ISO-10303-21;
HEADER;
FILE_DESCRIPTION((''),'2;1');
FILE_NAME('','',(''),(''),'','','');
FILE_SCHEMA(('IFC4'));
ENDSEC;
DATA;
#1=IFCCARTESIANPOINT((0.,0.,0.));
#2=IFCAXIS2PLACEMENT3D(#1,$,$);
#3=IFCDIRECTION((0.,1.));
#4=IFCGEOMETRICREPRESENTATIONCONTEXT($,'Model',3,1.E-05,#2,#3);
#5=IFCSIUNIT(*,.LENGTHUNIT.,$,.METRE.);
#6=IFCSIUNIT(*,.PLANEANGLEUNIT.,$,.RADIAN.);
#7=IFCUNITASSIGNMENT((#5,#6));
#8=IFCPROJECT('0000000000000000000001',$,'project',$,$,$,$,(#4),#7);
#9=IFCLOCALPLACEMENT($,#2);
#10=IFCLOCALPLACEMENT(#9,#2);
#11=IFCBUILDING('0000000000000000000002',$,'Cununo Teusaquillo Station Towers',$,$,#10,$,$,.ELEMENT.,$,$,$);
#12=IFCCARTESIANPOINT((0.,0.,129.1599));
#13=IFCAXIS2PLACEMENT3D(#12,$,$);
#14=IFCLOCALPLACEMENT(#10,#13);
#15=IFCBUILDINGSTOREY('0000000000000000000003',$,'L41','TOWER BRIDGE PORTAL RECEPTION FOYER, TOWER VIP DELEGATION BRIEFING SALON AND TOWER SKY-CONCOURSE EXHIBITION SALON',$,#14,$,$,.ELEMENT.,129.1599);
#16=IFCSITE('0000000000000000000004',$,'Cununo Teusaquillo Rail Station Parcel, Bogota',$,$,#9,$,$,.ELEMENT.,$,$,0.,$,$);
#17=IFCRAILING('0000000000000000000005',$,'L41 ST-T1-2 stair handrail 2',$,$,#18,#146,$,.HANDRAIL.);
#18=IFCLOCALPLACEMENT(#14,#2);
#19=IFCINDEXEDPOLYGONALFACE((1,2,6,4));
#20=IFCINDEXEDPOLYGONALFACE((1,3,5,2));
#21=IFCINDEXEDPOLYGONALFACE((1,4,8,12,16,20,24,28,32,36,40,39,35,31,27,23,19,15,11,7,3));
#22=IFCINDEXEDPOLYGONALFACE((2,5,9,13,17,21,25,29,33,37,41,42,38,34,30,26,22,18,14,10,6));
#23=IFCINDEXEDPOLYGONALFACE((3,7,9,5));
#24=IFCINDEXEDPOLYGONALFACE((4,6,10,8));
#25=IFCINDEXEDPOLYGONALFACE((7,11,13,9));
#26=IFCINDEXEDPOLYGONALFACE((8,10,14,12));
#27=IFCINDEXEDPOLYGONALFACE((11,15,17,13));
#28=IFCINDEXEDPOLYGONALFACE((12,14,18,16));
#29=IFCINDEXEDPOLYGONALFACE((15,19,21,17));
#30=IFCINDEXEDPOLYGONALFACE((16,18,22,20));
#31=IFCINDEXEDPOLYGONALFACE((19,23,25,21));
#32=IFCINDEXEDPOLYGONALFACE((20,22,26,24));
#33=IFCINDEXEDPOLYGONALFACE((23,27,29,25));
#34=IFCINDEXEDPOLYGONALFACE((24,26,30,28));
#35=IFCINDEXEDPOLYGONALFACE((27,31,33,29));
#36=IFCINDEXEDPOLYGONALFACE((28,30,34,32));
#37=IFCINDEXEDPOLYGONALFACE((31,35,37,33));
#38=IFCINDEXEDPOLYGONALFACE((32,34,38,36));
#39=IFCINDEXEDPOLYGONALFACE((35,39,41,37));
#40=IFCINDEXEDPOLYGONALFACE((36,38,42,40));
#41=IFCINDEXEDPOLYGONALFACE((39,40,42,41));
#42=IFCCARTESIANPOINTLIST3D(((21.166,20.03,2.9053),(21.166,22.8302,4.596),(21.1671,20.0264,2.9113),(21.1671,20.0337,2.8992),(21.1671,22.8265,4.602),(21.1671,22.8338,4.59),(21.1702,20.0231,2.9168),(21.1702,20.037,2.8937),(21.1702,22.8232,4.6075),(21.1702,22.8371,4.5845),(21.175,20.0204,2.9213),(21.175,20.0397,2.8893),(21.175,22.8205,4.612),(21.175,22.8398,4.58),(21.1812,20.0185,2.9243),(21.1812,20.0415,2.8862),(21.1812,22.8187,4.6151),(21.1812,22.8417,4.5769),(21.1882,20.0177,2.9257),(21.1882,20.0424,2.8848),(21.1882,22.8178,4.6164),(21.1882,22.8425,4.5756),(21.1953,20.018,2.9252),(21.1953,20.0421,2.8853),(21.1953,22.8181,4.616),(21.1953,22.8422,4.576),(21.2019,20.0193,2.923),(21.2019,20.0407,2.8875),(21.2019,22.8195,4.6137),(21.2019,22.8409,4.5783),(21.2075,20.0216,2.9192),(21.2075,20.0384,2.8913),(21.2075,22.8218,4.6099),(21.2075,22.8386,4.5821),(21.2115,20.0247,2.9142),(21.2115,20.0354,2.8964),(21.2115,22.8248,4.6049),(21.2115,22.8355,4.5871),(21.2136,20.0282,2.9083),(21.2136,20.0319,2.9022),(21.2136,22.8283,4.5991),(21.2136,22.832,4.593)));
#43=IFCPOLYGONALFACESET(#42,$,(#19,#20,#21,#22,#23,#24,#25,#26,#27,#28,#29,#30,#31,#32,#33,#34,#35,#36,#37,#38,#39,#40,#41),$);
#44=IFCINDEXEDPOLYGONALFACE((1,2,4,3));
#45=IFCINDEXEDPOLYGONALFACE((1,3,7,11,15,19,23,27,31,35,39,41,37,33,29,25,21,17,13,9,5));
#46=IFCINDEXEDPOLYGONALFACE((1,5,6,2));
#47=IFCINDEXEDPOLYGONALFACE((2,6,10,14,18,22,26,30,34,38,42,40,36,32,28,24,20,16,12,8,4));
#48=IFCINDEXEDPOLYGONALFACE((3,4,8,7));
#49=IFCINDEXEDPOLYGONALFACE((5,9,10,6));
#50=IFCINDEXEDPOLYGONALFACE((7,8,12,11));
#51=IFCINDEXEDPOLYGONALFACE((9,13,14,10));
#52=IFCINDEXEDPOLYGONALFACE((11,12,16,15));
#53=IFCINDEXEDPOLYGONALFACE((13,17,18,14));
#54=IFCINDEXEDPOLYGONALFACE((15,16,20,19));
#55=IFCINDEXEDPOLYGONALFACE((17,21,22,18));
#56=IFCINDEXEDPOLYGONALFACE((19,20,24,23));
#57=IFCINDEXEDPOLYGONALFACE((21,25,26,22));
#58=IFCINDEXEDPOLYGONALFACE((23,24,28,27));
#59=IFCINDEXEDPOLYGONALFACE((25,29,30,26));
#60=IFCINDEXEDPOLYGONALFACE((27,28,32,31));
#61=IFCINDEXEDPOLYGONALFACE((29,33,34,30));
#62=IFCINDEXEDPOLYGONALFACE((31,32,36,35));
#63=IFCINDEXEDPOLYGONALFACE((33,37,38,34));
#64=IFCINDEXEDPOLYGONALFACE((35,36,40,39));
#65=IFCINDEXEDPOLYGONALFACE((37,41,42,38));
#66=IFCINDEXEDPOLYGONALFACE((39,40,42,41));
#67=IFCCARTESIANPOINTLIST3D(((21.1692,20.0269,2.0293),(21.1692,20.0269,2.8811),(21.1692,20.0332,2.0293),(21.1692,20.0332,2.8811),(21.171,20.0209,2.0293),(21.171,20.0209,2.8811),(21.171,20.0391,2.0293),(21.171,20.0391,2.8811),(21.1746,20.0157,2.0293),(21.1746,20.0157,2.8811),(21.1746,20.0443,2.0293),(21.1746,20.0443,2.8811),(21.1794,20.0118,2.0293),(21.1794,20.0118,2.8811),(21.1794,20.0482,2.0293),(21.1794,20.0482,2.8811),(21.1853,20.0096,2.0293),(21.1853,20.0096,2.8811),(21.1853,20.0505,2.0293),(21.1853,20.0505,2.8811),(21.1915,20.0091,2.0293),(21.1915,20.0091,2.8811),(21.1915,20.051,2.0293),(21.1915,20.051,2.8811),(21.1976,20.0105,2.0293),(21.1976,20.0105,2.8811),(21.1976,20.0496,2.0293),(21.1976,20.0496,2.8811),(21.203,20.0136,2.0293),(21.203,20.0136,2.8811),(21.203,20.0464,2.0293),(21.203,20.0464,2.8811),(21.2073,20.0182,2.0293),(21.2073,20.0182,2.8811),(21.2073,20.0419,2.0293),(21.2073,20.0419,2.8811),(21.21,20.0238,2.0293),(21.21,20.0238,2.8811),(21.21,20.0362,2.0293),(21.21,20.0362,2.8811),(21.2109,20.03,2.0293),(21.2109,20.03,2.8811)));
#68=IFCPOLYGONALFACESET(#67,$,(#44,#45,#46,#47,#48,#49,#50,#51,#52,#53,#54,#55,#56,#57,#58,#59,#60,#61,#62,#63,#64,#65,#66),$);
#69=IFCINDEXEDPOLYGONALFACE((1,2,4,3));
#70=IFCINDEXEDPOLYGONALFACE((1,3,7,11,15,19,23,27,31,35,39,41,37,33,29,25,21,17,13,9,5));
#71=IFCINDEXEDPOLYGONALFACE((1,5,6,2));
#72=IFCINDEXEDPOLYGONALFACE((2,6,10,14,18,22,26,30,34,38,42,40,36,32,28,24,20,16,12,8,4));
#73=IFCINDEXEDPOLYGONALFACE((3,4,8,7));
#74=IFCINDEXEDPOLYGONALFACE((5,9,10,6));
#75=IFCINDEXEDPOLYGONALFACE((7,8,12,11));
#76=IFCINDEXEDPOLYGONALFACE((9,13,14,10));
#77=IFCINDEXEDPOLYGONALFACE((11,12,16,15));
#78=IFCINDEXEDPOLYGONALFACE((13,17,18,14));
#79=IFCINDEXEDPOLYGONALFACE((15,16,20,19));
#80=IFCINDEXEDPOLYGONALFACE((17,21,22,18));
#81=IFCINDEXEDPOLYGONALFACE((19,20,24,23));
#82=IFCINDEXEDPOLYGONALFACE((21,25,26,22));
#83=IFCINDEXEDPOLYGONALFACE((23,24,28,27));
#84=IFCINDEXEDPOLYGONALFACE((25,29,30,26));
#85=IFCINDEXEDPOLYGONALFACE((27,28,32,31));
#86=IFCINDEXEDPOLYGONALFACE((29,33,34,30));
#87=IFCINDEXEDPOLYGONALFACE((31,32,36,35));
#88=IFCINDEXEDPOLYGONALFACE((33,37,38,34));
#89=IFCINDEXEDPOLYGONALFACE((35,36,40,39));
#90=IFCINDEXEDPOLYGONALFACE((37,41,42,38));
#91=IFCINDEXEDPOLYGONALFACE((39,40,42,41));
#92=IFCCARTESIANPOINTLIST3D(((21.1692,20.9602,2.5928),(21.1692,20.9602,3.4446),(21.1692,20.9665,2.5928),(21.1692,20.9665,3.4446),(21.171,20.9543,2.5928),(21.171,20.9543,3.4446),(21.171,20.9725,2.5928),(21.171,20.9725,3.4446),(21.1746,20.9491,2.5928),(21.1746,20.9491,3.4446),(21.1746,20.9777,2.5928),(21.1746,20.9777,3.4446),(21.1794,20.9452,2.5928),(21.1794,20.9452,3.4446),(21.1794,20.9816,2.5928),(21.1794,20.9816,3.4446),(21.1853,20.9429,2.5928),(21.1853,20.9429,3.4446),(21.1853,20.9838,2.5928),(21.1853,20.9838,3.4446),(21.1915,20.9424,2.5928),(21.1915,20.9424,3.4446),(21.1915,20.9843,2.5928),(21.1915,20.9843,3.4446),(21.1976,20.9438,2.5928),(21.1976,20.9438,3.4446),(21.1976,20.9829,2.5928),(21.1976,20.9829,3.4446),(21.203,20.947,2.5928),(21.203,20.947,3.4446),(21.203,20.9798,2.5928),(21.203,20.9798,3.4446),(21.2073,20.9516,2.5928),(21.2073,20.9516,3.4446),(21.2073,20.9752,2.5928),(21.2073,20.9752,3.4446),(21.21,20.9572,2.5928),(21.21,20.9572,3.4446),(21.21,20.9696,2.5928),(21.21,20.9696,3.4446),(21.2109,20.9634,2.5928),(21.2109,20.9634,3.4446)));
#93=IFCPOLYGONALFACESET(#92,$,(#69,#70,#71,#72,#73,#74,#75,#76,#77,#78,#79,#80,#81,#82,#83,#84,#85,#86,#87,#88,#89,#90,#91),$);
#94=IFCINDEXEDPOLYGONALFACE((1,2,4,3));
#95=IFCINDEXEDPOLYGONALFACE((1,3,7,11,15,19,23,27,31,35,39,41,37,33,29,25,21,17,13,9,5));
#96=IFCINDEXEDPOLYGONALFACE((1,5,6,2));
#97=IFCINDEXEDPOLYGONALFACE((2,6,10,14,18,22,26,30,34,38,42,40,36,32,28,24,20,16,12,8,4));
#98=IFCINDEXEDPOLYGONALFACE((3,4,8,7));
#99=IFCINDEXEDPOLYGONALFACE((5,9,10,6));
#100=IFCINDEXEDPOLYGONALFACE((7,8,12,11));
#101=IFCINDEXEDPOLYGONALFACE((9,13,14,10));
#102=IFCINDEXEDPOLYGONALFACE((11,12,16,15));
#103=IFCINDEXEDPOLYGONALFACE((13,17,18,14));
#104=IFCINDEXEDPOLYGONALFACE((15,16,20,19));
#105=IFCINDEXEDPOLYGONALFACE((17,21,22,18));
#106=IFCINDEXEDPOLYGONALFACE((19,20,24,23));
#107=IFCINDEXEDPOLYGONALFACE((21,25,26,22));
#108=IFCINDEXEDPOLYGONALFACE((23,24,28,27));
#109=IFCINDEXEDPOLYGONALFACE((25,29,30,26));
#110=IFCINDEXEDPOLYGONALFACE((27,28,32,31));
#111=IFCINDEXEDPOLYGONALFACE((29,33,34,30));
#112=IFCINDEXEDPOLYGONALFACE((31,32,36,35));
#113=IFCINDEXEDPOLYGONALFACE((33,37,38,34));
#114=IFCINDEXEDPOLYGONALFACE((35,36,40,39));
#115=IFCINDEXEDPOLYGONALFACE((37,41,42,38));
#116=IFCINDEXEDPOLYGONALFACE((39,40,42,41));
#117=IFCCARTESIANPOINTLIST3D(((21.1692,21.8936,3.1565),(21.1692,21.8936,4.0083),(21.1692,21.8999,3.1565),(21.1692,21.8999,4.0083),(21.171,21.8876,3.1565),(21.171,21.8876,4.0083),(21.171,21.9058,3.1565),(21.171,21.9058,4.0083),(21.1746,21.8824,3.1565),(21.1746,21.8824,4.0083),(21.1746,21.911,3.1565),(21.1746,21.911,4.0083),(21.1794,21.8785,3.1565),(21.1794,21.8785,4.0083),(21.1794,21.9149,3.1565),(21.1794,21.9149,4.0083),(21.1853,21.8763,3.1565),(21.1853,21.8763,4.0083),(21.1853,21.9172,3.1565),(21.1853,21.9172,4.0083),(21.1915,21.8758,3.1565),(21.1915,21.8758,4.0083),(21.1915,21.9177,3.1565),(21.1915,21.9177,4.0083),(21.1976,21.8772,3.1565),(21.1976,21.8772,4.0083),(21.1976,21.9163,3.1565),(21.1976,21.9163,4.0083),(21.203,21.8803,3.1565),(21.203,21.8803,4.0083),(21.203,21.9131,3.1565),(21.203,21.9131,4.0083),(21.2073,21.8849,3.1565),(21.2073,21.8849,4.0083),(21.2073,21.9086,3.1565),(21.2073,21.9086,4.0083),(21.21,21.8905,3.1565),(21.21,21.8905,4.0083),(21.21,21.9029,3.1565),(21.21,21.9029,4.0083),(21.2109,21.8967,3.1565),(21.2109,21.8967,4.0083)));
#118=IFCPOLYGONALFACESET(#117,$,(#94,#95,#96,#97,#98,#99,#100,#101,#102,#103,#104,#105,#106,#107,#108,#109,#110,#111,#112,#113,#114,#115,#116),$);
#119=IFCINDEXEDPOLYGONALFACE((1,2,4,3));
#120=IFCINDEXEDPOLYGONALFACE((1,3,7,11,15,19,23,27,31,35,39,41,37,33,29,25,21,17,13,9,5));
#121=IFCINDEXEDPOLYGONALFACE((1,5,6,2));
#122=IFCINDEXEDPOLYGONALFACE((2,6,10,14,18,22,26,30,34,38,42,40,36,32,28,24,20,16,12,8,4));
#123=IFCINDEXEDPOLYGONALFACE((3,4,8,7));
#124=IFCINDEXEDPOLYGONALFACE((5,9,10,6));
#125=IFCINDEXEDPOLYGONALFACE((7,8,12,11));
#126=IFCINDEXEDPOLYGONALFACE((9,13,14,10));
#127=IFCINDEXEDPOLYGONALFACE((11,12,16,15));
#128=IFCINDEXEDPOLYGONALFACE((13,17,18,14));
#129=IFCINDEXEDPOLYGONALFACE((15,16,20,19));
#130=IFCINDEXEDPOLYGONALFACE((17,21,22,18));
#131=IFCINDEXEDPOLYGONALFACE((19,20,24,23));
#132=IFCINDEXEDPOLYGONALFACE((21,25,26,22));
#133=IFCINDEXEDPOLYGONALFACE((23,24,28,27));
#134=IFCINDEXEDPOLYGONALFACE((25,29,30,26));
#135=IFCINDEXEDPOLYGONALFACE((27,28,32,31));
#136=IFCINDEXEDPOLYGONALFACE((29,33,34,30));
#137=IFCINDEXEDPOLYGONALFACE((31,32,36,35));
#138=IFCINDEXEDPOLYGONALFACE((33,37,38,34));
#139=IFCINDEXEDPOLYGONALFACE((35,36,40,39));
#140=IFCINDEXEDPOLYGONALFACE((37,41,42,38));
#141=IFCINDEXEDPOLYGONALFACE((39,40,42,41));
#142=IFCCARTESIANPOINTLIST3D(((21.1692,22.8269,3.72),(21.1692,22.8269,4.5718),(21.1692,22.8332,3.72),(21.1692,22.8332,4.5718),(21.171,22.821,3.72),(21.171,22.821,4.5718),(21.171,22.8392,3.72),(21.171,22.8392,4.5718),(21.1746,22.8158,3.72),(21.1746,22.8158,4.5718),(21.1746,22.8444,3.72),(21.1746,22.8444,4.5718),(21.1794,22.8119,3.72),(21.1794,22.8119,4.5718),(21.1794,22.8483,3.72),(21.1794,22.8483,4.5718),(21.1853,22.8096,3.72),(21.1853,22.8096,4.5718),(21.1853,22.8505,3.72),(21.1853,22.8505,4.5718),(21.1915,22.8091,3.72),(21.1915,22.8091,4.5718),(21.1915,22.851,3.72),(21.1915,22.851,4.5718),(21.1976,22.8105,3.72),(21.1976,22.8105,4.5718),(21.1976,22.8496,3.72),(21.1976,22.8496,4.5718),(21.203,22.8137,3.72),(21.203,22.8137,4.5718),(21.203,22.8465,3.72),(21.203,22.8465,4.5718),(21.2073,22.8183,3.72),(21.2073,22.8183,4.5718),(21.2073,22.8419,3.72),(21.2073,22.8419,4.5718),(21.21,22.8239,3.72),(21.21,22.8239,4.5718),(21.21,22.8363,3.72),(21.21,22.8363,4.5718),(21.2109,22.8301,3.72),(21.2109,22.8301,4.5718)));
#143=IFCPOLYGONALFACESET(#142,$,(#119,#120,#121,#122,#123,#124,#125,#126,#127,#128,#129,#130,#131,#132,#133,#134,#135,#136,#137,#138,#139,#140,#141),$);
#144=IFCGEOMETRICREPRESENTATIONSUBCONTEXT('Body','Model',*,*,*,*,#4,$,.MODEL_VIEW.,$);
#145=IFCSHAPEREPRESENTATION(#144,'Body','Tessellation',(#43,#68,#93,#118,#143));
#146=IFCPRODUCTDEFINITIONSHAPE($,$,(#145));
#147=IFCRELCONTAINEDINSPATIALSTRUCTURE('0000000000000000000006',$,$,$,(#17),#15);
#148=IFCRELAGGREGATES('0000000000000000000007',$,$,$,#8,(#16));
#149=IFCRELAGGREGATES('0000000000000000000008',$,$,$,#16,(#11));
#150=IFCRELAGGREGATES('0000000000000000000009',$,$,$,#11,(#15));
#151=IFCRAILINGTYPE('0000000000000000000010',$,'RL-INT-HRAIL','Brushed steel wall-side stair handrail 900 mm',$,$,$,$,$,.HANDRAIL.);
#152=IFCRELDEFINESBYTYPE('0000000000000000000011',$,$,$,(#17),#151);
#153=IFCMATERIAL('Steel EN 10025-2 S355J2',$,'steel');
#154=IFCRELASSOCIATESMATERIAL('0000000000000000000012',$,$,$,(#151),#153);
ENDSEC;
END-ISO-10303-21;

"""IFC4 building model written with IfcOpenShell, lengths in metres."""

from ifc_helpers import new_model, si_unit, direction, frame, origin, origin_2d, place, context, subcontext, project, spatial, circle, extrude, material, type_object, element, save


model = new_model("IFC4")

# Units and contexts
model_context = context("Model", 3, precision=1e-05, world=origin(), true_north=direction((0.0, 1.0)))
body_context = subcontext(model_context, "Body", "Model", "MODEL_VIEW")
ifc_project = project(units=[si_unit("LENGTHUNIT", "METRE"), si_unit("PLANEANGLEUNIT", "RADIAN")], contexts=[model_context])

# Site, building, storey
site_placement = place(None, origin())
site = spatial("IfcSite", under=ifc_project, at=site_placement, Name="Cununo Teusaquillo Rail Station Parcel, Bogota", CompositionType="ELEMENT", RefElevation=0.0)
building_placement = place(site_placement, origin())
building = spatial("IfcBuilding", under=site, at=building_placement, Name="Cununo Teusaquillo Station Towers", CompositionType="ELEMENT")
storey_placement = place(building_placement, frame((0.0, 0.0, 129.1599)))
storey = spatial("IfcBuildingStorey", under=building, at=storey_placement, Name="L41", Description="TOWER BRIDGE PORTAL RECEPTION FOYER, TOWER VIP DELEGATION BRIEFING SALON AND TOWER SKY-CONCOURSE EXHIBITION SALON", CompositionType="ELEMENT", Elevation=129.1599)

# Railing
ifc_material_1 = material(Name="Steel EN 10025-2 S355J2", Category="steel")
railing_type_1 = type_object("IfcRailingType", Name="RL-INT-HRAIL", Description="Brushed steel wall-side stair handrail 900 mm", PredefinedType="HANDRAIL", material=ifc_material_1)
railing_1_placement = place(storey_placement, frame((21.1899, 20.03, 2.0293)))
element("IfcRailing", 1, at=railing_1_placement, inside=storey, type_object=railing_type_1, Name="L41 ST-T1-2 stair handrail 2", PredefinedType="HANDRAIL", context=body_context, shape_type="SweptSolid", body=[
    extrude(circle(Radius=0.0239, at=origin_2d()), frame((0.0, 0.0, 0.876), z_axis=(0.0, 0.856054, 0.516887), x_axis=(-1.0, 0.0, 0.0)), (0.0, 0.0, 1.0), 3.271),
    extrude(circle(Radius=0.021, at=origin_2d()), origin(), (0.0, 0.0, 1.0), 0.8518),
    extrude(circle(Radius=0.021, at=origin_2d()), frame((0.0, 0.9333, 0.5635)), (0.0, 0.0, 1.0), 0.8518),
    extrude(circle(Radius=0.021, at=origin_2d()), frame((0.0, 1.8667, 1.1272)), (0.0, 0.0, 1.0), 0.8518),
    extrude(circle(Radius=0.021, at=origin_2d()), frame((0.0, 2.8, 1.6907)), (0.0, 0.0, 1.0), 0.8518),
])

save(model, "model.ifc")
